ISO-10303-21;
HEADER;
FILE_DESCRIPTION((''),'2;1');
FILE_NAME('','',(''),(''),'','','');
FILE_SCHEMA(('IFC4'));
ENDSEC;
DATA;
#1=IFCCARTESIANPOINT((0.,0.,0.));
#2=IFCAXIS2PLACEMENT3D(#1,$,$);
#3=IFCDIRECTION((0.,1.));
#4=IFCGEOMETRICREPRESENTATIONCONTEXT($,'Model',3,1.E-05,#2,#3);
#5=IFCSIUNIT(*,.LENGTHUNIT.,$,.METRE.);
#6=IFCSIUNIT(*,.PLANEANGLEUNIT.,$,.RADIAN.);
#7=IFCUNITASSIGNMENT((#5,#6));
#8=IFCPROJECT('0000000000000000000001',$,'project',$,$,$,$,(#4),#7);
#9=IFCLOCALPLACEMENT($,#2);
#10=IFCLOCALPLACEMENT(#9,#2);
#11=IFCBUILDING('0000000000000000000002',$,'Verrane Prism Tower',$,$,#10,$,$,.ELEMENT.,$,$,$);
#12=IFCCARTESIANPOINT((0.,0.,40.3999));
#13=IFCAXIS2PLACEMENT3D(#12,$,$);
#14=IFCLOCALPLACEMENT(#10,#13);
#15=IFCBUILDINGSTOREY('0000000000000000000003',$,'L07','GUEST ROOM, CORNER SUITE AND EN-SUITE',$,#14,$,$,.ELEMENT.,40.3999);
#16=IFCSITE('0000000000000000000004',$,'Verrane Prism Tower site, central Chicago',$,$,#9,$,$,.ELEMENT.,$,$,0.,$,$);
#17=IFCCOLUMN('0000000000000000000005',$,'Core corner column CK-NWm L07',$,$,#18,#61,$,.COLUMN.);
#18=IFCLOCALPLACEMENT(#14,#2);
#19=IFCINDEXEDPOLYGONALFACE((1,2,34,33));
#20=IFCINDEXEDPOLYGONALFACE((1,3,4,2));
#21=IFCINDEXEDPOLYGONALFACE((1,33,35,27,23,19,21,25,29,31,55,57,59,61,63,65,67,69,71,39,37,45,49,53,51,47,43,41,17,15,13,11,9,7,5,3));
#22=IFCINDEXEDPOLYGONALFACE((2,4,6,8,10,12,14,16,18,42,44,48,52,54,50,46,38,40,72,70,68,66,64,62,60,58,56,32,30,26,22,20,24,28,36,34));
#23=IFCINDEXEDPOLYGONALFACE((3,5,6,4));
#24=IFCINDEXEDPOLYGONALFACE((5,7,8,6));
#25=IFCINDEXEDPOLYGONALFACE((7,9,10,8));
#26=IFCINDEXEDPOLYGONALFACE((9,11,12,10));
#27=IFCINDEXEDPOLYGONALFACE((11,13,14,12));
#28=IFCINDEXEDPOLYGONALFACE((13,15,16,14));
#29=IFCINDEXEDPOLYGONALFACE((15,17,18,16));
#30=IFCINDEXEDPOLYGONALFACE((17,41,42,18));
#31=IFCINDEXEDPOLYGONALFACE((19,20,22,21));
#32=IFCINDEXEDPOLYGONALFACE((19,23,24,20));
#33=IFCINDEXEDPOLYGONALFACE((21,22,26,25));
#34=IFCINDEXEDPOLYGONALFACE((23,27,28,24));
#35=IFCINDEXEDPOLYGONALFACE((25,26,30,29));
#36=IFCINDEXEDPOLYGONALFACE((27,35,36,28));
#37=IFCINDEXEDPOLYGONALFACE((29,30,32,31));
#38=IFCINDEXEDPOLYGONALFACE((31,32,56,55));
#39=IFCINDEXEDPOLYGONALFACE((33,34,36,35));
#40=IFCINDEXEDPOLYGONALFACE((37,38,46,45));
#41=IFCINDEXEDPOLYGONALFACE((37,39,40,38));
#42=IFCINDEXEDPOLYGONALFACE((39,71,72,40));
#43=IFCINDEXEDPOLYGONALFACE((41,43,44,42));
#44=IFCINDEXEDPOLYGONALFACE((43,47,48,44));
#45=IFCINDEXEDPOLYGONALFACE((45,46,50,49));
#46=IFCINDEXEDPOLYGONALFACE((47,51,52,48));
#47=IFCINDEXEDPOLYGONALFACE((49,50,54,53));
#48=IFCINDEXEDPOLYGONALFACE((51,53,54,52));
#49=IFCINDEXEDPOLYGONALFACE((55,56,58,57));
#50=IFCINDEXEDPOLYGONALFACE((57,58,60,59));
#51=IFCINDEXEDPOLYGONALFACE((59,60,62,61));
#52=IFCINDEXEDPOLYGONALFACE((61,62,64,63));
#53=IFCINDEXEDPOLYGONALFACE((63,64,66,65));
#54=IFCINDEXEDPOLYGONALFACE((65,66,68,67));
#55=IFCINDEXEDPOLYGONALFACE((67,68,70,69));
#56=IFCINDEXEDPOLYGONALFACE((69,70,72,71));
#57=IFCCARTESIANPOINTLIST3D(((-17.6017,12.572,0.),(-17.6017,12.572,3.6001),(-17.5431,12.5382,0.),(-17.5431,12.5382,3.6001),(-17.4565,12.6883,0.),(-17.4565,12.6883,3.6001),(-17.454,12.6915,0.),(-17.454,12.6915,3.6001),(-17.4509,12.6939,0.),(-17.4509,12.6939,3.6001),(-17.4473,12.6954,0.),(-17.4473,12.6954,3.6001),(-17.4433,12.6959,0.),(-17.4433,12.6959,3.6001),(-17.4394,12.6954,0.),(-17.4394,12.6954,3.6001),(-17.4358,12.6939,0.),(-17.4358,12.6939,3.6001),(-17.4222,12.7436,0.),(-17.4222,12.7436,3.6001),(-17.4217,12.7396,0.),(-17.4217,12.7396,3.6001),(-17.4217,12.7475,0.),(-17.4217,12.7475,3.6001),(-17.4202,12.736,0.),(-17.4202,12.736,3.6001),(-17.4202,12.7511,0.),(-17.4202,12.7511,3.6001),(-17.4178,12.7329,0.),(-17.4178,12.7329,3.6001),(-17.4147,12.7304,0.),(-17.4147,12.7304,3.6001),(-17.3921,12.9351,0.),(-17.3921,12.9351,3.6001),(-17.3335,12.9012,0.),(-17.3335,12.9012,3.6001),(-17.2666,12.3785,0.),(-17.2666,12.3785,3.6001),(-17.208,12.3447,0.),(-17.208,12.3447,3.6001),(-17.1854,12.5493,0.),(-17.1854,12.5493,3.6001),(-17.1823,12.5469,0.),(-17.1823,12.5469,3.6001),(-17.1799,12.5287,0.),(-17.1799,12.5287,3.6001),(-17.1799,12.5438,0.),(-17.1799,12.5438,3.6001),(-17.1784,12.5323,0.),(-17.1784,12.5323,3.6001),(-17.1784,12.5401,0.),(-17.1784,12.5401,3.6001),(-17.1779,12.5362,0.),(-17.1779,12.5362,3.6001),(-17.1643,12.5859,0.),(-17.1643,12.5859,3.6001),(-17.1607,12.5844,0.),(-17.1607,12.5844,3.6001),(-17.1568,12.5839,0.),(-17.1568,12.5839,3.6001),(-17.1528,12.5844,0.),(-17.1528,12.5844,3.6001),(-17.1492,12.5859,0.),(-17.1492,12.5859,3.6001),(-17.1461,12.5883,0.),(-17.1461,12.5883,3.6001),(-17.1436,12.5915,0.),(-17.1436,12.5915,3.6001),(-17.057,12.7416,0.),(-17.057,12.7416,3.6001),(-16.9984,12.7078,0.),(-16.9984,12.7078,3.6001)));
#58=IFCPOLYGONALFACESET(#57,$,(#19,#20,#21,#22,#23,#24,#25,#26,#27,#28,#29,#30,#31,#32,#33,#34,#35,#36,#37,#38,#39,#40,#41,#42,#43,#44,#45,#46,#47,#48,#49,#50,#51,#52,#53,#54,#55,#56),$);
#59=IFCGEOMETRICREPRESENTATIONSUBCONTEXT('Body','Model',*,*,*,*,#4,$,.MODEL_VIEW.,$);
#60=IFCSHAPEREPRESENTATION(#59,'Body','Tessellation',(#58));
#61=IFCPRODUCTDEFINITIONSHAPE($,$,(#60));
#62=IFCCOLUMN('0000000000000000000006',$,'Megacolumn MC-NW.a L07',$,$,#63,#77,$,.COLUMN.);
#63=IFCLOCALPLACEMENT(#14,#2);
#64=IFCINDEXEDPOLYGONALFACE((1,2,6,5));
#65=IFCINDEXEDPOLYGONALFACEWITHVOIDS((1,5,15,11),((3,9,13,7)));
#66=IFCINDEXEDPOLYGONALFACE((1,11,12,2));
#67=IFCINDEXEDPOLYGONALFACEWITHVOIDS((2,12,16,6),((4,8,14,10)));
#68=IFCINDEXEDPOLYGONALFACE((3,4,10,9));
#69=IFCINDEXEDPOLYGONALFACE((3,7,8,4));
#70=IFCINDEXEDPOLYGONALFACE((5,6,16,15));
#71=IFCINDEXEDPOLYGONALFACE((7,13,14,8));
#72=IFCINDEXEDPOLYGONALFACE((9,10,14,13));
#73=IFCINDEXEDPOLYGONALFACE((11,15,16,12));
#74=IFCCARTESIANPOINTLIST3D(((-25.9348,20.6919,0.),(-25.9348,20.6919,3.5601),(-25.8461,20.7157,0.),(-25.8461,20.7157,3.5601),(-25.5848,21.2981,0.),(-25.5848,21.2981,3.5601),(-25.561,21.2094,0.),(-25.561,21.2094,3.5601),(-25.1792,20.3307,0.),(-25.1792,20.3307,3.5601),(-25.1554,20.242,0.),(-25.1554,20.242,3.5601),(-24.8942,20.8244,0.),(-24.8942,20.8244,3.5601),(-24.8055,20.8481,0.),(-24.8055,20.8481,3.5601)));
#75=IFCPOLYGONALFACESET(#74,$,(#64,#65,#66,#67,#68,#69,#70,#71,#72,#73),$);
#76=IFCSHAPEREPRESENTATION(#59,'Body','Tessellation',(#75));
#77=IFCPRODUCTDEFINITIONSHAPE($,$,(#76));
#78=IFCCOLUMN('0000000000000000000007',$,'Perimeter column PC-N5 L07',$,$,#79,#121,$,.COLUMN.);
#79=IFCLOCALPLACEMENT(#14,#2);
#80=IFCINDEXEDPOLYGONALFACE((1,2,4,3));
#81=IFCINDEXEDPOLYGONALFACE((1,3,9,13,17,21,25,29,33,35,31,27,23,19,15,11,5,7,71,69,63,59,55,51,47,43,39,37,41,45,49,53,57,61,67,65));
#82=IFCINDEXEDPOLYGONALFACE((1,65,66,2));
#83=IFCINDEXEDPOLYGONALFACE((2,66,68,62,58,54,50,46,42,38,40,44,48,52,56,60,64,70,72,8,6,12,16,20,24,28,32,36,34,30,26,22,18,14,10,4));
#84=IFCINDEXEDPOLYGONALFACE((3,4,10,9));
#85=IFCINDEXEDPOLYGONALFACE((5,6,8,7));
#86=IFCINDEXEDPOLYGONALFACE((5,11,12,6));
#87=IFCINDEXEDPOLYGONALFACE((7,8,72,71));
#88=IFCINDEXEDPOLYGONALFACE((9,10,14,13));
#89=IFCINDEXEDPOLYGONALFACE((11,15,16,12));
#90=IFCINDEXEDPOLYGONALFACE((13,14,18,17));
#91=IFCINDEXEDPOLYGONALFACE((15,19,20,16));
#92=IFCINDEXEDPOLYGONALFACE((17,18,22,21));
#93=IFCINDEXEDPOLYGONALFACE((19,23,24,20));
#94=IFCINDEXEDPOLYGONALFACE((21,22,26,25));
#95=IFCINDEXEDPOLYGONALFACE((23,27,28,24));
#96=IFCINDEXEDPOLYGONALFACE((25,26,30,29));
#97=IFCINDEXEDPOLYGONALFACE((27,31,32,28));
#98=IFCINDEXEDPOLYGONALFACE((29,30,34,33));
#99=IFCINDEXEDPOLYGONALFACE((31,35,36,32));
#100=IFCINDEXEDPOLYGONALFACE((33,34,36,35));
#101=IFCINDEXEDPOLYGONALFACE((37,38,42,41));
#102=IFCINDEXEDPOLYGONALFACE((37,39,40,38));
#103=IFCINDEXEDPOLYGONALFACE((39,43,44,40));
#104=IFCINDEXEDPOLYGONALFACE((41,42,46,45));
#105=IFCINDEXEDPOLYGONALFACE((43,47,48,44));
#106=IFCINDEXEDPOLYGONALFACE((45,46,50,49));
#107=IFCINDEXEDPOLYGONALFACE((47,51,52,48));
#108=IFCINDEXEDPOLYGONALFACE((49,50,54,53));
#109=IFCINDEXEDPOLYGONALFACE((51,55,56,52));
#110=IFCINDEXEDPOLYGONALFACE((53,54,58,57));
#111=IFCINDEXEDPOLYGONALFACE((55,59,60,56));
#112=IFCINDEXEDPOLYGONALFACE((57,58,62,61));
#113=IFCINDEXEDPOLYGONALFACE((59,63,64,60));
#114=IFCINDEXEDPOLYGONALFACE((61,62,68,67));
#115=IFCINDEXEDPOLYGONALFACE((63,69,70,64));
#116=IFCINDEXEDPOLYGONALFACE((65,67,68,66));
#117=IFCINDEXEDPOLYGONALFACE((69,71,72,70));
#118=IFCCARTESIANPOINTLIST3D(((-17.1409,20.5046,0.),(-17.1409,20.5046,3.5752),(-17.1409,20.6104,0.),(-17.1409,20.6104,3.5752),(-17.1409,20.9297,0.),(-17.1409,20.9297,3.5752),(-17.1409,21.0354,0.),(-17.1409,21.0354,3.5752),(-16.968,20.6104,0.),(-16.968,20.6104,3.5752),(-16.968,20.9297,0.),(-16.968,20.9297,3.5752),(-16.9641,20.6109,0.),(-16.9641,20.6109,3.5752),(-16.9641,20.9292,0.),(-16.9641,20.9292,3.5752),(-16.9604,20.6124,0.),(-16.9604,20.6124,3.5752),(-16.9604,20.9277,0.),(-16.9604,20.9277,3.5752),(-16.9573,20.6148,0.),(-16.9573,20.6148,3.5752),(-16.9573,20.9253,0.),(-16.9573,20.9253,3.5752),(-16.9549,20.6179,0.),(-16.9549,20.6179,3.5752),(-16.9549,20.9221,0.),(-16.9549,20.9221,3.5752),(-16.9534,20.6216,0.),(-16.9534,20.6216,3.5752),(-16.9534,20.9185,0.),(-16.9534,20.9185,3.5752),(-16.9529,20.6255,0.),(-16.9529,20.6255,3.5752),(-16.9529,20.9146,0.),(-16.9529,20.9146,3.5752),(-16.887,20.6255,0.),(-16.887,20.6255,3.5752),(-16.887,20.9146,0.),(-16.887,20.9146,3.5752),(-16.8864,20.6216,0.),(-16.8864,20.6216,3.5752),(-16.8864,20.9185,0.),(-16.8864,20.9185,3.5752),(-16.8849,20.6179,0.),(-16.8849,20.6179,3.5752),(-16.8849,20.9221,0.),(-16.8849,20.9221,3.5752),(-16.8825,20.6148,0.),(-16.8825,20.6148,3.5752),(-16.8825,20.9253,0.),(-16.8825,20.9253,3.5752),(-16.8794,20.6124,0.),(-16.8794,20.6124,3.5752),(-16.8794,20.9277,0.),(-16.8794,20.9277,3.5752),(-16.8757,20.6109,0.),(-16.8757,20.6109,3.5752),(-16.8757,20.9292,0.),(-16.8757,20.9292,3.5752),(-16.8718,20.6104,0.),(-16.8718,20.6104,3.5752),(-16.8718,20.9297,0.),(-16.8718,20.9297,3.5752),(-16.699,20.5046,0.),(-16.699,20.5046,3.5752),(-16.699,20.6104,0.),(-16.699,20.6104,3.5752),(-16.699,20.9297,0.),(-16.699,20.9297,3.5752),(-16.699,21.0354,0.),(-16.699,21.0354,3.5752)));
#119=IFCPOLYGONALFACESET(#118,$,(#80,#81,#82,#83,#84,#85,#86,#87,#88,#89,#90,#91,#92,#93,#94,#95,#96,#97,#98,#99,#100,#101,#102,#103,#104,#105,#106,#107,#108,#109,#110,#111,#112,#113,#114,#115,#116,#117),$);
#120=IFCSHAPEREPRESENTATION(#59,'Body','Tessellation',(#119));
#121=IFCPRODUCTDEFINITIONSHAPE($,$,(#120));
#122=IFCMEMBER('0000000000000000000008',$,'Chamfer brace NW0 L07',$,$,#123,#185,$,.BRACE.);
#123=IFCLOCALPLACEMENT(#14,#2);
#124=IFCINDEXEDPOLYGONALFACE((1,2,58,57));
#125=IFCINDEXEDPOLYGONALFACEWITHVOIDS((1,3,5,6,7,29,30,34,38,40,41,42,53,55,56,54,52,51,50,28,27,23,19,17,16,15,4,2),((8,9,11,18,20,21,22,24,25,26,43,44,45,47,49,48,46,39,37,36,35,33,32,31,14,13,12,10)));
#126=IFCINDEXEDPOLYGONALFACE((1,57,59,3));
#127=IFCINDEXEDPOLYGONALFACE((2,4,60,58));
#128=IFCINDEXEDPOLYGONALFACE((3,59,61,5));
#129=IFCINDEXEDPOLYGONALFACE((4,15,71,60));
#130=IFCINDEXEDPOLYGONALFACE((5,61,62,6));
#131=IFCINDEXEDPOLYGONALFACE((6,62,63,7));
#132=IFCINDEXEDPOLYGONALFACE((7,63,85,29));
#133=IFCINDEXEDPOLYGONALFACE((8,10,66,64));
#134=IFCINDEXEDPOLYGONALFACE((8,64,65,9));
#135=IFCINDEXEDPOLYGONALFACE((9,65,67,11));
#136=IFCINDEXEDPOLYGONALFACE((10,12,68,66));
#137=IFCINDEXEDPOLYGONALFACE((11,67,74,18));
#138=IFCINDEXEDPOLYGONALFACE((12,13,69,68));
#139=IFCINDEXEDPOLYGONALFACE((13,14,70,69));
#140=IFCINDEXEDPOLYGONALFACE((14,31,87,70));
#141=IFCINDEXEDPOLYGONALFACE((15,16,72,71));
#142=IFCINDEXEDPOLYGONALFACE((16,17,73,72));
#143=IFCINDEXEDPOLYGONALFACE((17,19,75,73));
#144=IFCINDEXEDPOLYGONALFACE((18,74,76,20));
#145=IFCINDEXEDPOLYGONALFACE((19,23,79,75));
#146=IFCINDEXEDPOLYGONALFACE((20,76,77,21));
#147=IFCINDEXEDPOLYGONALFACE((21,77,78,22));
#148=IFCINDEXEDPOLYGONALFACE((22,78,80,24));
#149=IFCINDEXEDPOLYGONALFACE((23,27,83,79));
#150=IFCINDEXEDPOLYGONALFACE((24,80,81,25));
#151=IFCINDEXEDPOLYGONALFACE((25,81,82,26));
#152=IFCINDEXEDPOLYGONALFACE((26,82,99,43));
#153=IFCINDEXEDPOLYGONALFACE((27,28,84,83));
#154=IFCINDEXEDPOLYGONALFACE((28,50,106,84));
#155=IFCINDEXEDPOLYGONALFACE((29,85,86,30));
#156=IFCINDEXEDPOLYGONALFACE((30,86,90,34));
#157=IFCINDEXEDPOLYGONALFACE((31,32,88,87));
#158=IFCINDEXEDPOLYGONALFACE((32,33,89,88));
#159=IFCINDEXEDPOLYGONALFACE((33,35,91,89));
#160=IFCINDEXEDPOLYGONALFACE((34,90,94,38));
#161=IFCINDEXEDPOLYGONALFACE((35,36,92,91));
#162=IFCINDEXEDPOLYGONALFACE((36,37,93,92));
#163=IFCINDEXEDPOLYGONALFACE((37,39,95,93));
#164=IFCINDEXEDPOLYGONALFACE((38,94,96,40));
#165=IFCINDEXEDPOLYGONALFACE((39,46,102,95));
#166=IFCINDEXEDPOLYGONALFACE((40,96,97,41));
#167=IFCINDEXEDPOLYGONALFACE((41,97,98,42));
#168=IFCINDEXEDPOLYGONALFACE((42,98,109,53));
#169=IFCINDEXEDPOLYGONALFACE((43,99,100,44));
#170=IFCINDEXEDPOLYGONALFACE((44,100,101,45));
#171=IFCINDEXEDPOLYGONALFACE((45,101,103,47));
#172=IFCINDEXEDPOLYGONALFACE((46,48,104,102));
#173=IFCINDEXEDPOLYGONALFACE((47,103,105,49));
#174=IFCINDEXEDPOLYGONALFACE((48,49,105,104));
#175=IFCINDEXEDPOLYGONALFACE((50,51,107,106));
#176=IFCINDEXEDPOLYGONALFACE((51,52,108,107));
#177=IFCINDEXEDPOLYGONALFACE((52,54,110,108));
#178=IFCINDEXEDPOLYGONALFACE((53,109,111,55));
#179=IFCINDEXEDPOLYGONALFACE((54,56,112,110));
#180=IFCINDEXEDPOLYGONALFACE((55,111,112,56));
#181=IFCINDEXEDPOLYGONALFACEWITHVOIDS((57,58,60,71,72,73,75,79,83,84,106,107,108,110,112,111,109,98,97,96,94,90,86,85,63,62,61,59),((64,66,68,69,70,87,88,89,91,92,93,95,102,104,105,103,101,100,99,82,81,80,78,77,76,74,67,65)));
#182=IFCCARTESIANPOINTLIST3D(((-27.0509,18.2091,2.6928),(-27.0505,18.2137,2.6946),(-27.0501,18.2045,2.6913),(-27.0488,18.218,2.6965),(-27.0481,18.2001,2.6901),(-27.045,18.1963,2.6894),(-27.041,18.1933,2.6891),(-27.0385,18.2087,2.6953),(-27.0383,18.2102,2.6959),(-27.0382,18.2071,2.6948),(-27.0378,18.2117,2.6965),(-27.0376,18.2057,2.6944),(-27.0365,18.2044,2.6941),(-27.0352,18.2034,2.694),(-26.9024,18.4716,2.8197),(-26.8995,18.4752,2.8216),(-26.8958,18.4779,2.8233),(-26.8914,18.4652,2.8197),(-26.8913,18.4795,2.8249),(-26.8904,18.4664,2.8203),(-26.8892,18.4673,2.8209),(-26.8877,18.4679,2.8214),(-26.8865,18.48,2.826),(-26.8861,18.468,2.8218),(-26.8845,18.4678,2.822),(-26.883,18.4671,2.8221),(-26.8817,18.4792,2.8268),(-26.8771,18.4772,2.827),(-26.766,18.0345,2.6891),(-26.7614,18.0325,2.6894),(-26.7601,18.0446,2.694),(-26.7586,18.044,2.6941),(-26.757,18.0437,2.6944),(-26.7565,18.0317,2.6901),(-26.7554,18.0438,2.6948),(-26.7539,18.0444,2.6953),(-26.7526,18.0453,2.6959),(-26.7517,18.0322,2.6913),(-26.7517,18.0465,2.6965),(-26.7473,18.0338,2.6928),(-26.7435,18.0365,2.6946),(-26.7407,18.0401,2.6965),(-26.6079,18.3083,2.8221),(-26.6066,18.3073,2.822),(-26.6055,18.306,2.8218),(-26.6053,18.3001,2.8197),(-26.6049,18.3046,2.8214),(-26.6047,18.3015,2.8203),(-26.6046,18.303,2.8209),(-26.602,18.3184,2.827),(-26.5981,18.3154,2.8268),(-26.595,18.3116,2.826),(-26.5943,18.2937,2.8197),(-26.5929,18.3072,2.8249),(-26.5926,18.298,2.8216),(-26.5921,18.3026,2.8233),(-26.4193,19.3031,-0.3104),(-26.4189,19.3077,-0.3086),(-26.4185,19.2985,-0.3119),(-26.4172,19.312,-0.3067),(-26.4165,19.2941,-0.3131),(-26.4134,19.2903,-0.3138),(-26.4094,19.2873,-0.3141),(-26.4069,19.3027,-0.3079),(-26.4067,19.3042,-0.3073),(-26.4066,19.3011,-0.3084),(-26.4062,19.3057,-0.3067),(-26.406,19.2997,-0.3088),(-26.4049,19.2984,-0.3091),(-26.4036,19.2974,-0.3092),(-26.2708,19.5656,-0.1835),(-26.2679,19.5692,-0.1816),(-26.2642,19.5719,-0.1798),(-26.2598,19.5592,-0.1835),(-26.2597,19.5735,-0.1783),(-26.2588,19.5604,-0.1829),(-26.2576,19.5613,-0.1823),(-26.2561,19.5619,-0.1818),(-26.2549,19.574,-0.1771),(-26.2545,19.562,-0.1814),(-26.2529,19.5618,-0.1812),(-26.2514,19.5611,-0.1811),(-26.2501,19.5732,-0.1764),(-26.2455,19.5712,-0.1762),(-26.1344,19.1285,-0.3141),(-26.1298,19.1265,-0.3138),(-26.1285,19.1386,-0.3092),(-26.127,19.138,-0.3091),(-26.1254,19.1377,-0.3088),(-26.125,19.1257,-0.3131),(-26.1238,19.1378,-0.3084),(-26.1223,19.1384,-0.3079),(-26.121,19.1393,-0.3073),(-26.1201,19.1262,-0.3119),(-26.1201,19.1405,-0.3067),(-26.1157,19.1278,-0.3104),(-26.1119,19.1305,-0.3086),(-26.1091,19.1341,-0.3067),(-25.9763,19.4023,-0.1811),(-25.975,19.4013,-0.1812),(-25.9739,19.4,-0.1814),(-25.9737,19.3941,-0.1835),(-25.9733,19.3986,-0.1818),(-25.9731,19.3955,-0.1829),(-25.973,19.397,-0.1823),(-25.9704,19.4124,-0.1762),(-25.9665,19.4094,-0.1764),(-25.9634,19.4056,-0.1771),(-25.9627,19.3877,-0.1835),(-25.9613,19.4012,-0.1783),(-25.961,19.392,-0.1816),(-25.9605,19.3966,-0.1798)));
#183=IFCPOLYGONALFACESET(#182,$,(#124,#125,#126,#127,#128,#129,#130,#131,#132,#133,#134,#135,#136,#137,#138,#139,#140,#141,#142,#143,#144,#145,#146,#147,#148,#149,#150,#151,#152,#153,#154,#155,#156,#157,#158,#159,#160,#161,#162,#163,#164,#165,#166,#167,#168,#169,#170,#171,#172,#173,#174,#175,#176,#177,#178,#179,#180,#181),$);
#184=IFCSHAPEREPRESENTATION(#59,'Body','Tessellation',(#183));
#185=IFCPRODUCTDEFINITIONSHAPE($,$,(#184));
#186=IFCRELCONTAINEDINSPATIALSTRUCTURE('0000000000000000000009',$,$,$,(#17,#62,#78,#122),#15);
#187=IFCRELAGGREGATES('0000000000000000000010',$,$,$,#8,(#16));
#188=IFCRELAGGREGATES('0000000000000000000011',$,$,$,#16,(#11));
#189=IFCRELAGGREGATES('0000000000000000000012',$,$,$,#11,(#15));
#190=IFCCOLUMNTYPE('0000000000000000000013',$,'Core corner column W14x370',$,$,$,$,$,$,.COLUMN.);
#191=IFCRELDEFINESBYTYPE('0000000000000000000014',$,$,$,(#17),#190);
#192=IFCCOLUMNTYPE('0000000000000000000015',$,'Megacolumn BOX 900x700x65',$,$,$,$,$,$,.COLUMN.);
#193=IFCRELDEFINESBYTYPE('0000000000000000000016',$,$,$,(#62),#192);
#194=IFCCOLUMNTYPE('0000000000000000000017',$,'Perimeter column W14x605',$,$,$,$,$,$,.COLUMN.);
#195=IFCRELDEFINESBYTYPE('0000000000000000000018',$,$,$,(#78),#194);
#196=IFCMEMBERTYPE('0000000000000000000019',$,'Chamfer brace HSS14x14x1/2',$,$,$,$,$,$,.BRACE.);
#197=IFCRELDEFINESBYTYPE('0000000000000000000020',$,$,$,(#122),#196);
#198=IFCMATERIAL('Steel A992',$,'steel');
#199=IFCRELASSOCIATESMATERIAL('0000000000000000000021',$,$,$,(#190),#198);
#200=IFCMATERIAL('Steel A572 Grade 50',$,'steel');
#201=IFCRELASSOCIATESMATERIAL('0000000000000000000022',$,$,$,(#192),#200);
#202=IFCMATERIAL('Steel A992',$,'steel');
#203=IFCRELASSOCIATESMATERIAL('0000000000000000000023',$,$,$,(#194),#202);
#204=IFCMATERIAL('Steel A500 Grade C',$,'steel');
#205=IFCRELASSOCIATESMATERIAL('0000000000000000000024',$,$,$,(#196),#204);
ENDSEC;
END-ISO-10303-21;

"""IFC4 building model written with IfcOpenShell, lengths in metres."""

from ifc_helpers import new_model, si_unit, direction, frame, origin, origin_2d, place, context, subcontext, project, spatial, hollow_rectangle, i_section, extrude, material, material_profile, profile_set, type_object, element, save


model = new_model("IFC4")

# Units and contexts
model_context = context("Model", 3, precision=1e-05, world=origin(), true_north=direction((0.0, 1.0)))
body_context = subcontext(model_context, "Body", "Model", "MODEL_VIEW")
ifc_project = project(units=[si_unit("LENGTHUNIT", "METRE"), si_unit("PLANEANGLEUNIT", "RADIAN")], contexts=[model_context])

# Site, building, storey
site_placement = place(None, origin())
site = spatial("IfcSite", under=ifc_project, at=site_placement, Name="Verrane Prism Tower site, central Chicago", CompositionType="ELEMENT", RefElevation=0.0)
building_placement = place(site_placement, origin())
building = spatial("IfcBuilding", under=site, at=building_placement, Name="Verrane Prism Tower", CompositionType="ELEMENT")
storey_placement = place(building_placement, frame((0.0, 0.0, 40.3999)))
storey = spatial("IfcBuildingStorey", under=building, at=storey_placement, Name="L07", Description="GUEST ROOM, CORNER SUITE AND EN-SUITE", CompositionType="ELEMENT", Elevation=40.3999)

# Columns
ifc_material_1 = material(Name="Steel A992", Category="steel")
ifc_material_profile_1 = material_profile(ifc_material_1, i_section(OverallWidth=0.4192, OverallDepth=0.4546, WebThickness=0.0422, FlangeThickness=0.0676, FilletRadius=0.0151, at=origin_2d()), Name="W14x370")
ifc_profile_set_1 = profile_set([ifc_material_profile_1], Name="Steel A992")
column_type_1 = type_object("IfcColumnType", Name="Core corner column W14x370", PredefinedType="COLUMN", material=ifc_profile_set_1)
column_1_placement = place(storey_placement, frame((-17.3, 12.6399, 0.0), z_axis=(0.0, 0.0, 1.0), x_axis=(0.5, 0.866025, 0.0)))
element("IfcColumn", 1, at=column_1_placement, inside=storey, type_object=column_type_1, Name="Core corner column CK-NWm L07", PredefinedType="COLUMN", context=body_context, shape_type="SweptSolid", body=[
    extrude(i_section(OverallWidth=0.4192, OverallDepth=0.4546, WebThickness=0.0422, FlangeThickness=0.0676, FilletRadius=0.0151, at=origin_2d()), origin(), (0.0, 0.0, 1.0), 3.6001),
])
ifc_material_2 = material(Name="Steel A572 Grade 50", Category="steel")
ifc_material_profile_2 = material_profile(ifc_material_2, hollow_rectangle(XDim=0.7, YDim=0.8999, WallThickness=0.0649, at=origin_2d()), Name="BOX 900x700x65")
ifc_profile_set_2 = profile_set([ifc_material_profile_2], Name="Steel A572 Grade 50")
column_type_2 = type_object("IfcColumnType", Name="Megacolumn BOX 900x700x65", PredefinedType="COLUMN", material=ifc_profile_set_2)
column_2_placement = place(storey_placement, frame((-25.3701, 20.77, 0.0), z_axis=(0.0, 0.0, 1.0), x_axis=(0.5, 0.866025, 0.0)))
element("IfcColumn", 2, at=column_2_placement, inside=storey, type_object=column_type_2, Name="Megacolumn MC-NW.a L07", PredefinedType="COLUMN", context=body_context, shape_type="SweptSolid", body=[
    extrude(hollow_rectangle(XDim=0.7, YDim=0.8999, WallThickness=0.0649, at=origin_2d()), origin(), (0.0, 0.0, 1.0), 3.5601),
])
ifc_material_3 = material(Name="Steel A992", Category="steel")
ifc_material_profile_3 = material_profile(ifc_material_3, i_section(OverallWidth=0.4419, OverallDepth=0.5308, WebThickness=0.0659, FlangeThickness=0.1057, FilletRadius=0.0151, at=origin_2d()), Name="W14x605")
ifc_profile_set_3 = profile_set([ifc_material_profile_3], Name="Steel A992")
column_type_3 = type_object("IfcColumnType", Name="Perimeter column W14x605", PredefinedType="COLUMN", material=ifc_profile_set_3)
column_3_placement = place(storey_placement, frame((-16.9199, 20.77, 0.0), z_axis=(0.0, 0.0, 1.0), x_axis=(1.0, 0.0, 0.0)))
element("IfcColumn", 3, at=column_3_placement, inside=storey, type_object=column_type_3, Name="Perimeter column PC-N5 L07", PredefinedType="COLUMN", context=body_context, shape_type="SweptSolid", body=[
    extrude(i_section(OverallWidth=0.4419, OverallDepth=0.5308, WebThickness=0.0659, FlangeThickness=0.1057, FilletRadius=0.0151, at=origin_2d()), origin(), (0.0, 0.0, 1.0), 3.5752),
])

# Member
ifc_material_4 = material(Name="Steel A500 Grade C", Category="steel")
ifc_material_profile_4 = material_profile(ifc_material_4, hollow_rectangle(XDim=0.3557, YDim=0.3557, WallThickness=0.0127, InnerFilletRadius=0.0063, OuterFilletRadius=0.019, at=origin_2d()), Name="HSS14x14x1/2")
ifc_profile_set_4 = profile_set([ifc_material_profile_4], Name="Steel A500 Grade C")
member_type_1 = type_object("IfcMemberType", Name="Chamfer brace HSS14x14x1/2", PredefinedType="BRACE", material=ifc_profile_set_4)
member_1_placement = place(storey_placement, frame((-26.1899, 19.3499, -0.2451), z_axis=(-0.193857, -0.335784, 0.921775), x_axis=(0.866034, -0.499985, 0.0)))
element("IfcMember", 4, at=member_1_placement, inside=storey, type_object=member_type_1, Name="Chamfer brace NW0 L07", PredefinedType="BRACE", context=body_context, shape_type="SweptSolid", body=[
    extrude(hollow_rectangle(XDim=0.3557, YDim=0.3557, WallThickness=0.0127, InnerFilletRadius=0.0063, OuterFilletRadius=0.019, at=origin_2d()), origin(), (0.0, 0.0, 1.0), 3.2581),
])

save(model, "model.ifc")
